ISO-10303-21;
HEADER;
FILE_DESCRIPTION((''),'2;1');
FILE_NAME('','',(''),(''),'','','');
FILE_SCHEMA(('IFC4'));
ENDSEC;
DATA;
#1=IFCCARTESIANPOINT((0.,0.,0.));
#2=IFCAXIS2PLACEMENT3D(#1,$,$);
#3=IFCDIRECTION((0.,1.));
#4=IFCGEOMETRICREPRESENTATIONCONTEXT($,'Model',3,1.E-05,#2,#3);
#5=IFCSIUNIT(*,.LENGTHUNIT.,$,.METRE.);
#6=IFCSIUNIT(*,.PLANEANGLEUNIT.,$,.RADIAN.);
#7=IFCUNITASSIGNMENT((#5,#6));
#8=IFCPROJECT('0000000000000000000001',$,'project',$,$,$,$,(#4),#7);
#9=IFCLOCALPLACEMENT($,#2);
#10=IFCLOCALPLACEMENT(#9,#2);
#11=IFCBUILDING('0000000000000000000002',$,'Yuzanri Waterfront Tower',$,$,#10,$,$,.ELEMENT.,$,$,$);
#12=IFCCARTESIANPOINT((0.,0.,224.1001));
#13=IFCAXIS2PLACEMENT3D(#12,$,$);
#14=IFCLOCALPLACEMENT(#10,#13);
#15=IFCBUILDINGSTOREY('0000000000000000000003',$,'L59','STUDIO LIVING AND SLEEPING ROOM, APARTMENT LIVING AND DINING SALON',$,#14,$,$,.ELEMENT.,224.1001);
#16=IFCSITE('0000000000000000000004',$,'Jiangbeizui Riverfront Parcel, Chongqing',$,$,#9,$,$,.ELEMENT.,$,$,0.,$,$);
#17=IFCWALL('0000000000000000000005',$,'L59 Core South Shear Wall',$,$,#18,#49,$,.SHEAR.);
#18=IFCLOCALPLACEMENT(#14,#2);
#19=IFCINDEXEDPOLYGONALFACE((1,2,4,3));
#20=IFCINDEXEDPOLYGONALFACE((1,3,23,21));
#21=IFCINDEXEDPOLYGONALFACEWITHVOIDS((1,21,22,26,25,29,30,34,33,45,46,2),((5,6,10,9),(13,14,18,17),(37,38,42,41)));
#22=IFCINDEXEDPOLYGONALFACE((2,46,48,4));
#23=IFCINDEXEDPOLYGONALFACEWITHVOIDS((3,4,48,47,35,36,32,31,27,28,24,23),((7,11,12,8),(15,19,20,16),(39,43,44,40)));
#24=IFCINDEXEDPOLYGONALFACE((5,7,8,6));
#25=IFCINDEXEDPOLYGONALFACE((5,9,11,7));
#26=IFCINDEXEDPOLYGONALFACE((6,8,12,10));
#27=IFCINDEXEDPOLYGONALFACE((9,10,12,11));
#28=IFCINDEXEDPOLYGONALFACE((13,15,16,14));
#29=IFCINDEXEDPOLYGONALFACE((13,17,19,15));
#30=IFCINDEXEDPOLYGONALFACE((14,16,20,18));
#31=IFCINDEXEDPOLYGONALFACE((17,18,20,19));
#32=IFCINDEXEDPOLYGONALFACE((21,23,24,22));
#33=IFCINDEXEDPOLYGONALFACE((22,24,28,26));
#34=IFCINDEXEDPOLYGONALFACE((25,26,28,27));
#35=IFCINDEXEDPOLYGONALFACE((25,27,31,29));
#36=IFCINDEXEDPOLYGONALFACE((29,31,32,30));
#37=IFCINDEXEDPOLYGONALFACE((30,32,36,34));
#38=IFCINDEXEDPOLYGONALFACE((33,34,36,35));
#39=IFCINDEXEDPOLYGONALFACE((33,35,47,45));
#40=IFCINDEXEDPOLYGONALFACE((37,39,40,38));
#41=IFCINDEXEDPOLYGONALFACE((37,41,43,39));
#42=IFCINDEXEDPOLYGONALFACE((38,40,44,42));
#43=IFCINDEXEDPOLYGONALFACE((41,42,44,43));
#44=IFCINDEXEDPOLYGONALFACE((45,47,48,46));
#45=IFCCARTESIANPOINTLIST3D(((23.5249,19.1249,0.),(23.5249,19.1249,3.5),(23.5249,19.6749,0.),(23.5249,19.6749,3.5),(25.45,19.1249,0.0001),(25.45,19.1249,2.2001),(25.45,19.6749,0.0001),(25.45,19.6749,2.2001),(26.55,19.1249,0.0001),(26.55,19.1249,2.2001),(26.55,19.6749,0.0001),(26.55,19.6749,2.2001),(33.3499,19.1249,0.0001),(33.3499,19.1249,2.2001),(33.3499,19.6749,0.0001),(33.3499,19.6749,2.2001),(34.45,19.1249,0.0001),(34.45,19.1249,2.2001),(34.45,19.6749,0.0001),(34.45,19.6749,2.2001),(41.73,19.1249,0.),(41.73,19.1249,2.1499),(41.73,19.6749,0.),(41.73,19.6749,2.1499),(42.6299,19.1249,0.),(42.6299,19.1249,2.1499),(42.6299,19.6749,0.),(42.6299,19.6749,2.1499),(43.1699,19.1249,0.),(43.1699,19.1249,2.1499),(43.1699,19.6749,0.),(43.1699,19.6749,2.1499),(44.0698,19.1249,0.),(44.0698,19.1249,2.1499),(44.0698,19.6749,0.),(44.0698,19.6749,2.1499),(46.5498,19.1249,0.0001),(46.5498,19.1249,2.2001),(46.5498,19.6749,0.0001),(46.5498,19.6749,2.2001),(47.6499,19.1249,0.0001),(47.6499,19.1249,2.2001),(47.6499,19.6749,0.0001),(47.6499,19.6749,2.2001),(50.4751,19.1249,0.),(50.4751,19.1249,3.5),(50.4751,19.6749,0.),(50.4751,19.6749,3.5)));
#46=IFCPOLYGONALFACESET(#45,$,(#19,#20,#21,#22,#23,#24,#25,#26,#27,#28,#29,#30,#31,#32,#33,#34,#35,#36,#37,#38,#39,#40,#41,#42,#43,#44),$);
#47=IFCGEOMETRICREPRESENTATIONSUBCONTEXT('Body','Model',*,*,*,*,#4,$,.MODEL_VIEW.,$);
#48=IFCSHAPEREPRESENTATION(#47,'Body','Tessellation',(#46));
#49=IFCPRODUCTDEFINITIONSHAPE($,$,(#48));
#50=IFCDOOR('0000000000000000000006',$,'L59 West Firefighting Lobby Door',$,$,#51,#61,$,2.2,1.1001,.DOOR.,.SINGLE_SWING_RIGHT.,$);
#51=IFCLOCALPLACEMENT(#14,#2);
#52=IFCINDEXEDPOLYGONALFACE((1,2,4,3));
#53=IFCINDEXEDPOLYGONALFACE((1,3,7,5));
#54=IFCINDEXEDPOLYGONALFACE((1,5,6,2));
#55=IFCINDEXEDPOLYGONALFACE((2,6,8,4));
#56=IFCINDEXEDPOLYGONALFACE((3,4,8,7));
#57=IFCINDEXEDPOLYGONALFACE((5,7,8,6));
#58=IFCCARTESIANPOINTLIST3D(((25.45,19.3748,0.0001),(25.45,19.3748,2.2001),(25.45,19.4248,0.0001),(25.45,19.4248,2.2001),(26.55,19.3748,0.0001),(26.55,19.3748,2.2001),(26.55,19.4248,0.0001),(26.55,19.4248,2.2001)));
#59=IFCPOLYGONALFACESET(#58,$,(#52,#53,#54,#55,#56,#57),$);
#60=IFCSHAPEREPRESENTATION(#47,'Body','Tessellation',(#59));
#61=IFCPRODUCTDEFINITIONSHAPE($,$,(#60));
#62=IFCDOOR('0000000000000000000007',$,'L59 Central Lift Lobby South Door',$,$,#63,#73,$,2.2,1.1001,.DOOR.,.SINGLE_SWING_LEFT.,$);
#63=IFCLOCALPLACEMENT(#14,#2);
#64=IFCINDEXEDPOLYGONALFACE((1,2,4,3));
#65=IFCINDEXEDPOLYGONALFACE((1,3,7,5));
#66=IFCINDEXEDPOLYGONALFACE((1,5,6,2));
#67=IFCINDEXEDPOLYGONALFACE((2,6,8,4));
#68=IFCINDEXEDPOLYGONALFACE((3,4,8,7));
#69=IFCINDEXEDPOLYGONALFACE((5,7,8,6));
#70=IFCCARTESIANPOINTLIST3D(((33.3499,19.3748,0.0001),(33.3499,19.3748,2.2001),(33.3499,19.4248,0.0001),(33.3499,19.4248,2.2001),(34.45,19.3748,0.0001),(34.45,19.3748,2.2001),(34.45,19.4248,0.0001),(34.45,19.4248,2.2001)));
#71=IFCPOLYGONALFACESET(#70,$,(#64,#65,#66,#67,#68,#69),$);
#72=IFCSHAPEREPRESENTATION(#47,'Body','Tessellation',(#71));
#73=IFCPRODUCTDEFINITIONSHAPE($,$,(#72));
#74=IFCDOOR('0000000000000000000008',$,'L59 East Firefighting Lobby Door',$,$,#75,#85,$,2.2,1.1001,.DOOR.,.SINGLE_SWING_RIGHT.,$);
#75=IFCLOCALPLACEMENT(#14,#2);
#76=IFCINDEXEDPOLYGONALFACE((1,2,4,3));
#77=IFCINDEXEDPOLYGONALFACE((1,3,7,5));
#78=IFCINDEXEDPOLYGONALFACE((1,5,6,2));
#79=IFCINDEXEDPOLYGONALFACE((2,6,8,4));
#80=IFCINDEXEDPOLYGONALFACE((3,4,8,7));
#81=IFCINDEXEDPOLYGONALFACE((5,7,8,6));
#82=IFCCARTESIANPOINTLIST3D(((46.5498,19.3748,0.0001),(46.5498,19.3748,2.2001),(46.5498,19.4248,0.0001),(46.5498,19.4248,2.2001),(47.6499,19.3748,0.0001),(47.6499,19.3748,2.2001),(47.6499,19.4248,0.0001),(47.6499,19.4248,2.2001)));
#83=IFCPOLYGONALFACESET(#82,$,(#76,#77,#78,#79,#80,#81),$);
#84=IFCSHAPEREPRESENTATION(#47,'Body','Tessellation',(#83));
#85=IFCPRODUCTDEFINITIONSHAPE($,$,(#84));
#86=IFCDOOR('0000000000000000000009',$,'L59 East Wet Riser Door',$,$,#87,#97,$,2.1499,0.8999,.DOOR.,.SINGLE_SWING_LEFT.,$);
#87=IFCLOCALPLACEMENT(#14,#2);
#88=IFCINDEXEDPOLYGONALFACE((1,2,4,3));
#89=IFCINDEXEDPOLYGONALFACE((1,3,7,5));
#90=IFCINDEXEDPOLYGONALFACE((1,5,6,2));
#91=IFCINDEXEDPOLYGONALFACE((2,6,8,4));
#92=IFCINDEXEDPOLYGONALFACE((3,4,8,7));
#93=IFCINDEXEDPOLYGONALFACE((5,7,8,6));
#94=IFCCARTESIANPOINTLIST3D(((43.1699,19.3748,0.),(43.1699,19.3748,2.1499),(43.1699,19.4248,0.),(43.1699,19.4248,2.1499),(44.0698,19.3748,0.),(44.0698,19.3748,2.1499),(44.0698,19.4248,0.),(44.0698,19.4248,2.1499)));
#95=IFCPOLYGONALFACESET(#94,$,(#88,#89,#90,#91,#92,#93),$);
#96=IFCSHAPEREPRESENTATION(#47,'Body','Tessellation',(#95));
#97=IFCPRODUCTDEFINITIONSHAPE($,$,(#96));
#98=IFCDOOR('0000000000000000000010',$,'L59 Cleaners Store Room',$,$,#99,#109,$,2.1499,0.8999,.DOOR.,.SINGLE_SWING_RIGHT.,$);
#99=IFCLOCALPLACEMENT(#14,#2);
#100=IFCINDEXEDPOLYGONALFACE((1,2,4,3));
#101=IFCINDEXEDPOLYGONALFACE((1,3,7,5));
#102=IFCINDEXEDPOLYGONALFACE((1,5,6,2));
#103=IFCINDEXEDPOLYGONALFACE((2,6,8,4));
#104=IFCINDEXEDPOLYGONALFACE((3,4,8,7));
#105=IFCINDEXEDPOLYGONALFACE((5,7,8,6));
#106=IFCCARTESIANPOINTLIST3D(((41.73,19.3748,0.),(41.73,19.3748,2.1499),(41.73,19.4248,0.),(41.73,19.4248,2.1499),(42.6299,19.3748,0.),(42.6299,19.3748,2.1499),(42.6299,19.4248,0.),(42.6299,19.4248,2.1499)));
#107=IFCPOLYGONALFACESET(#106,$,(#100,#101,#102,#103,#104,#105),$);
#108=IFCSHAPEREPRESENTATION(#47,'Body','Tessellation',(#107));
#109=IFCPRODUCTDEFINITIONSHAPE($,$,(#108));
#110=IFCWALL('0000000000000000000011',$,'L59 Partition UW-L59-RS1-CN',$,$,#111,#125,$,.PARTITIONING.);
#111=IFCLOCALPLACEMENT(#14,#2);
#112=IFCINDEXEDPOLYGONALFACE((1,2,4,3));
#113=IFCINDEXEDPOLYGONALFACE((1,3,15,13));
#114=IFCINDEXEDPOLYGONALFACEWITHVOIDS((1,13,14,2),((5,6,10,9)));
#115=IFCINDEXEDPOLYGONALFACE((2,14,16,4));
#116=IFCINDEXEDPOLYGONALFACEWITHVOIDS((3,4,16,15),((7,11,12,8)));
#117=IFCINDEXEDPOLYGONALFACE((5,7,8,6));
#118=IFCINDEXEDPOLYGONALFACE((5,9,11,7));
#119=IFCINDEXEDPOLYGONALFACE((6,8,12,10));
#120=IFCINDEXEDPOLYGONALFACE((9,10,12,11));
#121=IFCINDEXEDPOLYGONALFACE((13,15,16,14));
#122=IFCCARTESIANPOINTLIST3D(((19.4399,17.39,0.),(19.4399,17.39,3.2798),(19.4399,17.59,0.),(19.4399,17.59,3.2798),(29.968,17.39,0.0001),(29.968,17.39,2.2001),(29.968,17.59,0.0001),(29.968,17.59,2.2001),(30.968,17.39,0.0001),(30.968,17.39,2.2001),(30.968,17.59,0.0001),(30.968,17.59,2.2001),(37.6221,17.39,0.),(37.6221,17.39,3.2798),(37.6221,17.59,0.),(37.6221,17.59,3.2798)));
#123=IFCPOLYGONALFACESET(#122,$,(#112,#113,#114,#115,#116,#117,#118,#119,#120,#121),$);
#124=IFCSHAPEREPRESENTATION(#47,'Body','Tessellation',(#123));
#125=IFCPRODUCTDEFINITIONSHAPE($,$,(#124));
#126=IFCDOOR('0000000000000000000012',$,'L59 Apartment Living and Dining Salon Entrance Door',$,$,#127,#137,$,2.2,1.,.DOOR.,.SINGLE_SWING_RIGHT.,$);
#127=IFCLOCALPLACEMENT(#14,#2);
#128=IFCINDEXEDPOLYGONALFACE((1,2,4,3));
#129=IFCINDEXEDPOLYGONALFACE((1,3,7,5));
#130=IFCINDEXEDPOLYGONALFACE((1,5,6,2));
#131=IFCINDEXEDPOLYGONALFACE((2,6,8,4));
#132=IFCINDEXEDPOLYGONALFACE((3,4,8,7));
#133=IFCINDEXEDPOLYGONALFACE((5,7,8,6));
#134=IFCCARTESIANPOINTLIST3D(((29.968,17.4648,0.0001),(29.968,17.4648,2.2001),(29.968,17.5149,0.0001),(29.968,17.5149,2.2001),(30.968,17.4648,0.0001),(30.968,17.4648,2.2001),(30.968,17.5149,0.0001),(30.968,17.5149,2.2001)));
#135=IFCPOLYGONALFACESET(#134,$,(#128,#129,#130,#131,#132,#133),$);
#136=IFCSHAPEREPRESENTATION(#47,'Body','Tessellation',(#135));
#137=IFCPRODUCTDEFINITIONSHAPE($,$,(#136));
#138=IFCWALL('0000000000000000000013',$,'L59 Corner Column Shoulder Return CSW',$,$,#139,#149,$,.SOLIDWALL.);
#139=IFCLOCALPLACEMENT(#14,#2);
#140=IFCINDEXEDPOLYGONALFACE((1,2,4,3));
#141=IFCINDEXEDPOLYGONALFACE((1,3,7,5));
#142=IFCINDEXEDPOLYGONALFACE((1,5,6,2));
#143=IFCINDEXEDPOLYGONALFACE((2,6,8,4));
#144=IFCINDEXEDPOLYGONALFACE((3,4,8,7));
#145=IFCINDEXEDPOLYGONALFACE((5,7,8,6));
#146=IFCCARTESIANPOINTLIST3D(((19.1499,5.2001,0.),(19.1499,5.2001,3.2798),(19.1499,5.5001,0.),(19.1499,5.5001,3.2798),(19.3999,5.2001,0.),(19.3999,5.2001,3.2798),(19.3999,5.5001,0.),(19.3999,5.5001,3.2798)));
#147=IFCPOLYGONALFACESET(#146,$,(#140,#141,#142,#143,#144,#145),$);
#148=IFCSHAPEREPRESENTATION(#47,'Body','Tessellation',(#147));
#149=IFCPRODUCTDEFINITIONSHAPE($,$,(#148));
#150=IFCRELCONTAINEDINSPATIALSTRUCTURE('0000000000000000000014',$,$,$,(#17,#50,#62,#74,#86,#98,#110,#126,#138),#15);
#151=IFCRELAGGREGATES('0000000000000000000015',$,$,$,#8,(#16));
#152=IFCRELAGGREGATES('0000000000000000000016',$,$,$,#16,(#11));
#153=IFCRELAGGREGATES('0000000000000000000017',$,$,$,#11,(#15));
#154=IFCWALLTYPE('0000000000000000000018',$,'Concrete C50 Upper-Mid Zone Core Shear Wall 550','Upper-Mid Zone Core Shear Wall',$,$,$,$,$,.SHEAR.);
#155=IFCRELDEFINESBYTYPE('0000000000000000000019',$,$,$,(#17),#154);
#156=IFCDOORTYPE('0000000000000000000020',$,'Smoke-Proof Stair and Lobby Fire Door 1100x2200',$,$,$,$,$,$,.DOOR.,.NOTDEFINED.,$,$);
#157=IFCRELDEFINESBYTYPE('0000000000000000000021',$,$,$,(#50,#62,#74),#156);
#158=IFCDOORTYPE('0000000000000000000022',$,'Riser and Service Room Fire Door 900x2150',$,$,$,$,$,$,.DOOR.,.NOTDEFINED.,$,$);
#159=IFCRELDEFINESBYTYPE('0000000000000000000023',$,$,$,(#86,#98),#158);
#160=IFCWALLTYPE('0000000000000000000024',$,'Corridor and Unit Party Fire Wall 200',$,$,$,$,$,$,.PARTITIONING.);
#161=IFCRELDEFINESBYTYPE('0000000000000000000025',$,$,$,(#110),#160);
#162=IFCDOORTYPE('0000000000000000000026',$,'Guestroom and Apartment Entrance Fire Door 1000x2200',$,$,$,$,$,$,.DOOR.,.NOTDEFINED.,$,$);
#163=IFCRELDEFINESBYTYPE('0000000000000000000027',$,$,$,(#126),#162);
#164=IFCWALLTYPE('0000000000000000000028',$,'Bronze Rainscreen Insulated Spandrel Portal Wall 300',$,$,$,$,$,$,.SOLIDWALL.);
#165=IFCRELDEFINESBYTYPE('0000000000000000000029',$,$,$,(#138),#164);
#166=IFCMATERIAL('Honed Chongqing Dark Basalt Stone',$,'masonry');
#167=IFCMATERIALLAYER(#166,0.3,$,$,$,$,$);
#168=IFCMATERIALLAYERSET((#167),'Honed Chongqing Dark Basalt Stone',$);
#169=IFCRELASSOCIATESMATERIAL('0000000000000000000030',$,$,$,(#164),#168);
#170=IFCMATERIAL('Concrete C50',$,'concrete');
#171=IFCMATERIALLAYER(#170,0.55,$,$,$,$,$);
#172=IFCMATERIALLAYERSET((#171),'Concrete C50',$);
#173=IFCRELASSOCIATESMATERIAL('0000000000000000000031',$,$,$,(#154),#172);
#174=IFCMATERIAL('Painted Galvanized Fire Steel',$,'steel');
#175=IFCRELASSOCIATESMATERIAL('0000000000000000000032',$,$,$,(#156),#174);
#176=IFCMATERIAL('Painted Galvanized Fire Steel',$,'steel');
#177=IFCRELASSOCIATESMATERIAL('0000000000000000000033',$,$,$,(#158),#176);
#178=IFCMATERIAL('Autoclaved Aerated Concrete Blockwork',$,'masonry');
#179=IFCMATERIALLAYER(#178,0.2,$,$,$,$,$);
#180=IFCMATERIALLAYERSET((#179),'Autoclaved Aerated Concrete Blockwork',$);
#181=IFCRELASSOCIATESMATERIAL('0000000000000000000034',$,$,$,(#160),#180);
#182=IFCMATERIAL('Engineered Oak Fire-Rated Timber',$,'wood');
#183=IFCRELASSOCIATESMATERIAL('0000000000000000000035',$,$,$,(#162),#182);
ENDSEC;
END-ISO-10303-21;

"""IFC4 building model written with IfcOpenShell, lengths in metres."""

from ifc_helpers import new_model, si_unit, direction, frame, frame_2d, origin, place, context, subcontext, project, spatial, rectangle, extrude, source, transform, mapped, material, layer, layer_set, type_object, element, fill, save


model = new_model("IFC4")

# Units and contexts
model_context = context("Model", 3, precision=1e-05, world=origin(), true_north=direction((0.0, 1.0)))
body_context = subcontext(model_context, "Body", "Model", "MODEL_VIEW")
ifc_project = project(units=[si_unit("LENGTHUNIT", "METRE"), si_unit("PLANEANGLEUNIT", "RADIAN")], contexts=[model_context])

# Site, building, storey
site_placement = place(None, origin())
site = spatial("IfcSite", under=ifc_project, at=site_placement, Name="Jiangbeizui Riverfront Parcel, Chongqing", CompositionType="ELEMENT", RefElevation=0.0)
building_placement = place(site_placement, origin())
building = spatial("IfcBuilding", under=site, at=building_placement, Name="Yuzanri Waterfront Tower", CompositionType="ELEMENT")
storey_placement = place(building_placement, frame((0.0, 0.0, 224.1001)))
storey = spatial("IfcBuildingStorey", under=building, at=storey_placement, Name="L59", Description="STUDIO LIVING AND SLEEPING ROOM, APARTMENT LIVING AND DINING SALON", CompositionType="ELEMENT", Elevation=224.1001)

# Shared definitions
ifc_material_1 = material(Name="Honed Chongqing Dark Basalt Stone", Category="masonry")
ifc_layer_1 = layer(ifc_material_1, 0.3)
ifc_layer_set_1 = layer_set([ifc_layer_1], Name="Honed Chongqing Dark Basalt Stone")
wall_type_1 = type_object("IfcWallType", Name="Bronze Rainscreen Insulated Spandrel Portal Wall 300", PredefinedType="SOLIDWALL", material=ifc_layer_set_1)

# Wall, openings, doors
ifc_material_2 = material(Name="Concrete C50", Category="concrete")
ifc_layer_2 = layer(ifc_material_2, 0.55)
ifc_layer_set_2 = layer_set([ifc_layer_2], Name="Concrete C50")
wall_type_2 = type_object("IfcWallType", Name="Concrete C50 Upper-Mid Zone Core Shear Wall 550", Description="Upper-Mid Zone Core Shear Wall", PredefinedType="SHEAR", material=ifc_layer_set_2)
wall_1_placement = place(storey_placement, frame((23.5249, 19.3999, 0.0), z_axis=(0.0, 0.0, 1.0), x_axis=(1.0, 0.0, 0.0)))
wall_1 = element("IfcWall", 1, at=wall_1_placement, inside=storey, type_object=wall_type_2, Name="L59 Core South Shear Wall", PredefinedType="SHEAR", context=body_context, shape_type="SweptSolid", body=[
    extrude(rectangle(XDim=26.9502, YDim=0.55, at=frame_2d((13.4751, 0.0))), origin(), (0.0, 0.0, 1.0), 3.5),
])
opening_1_placement = place(wall_1_placement, frame((1.925, 0.0, 0.0)))
opening_1 = element("IfcOpeningElement", 2, at=opening_1_placement, cuts=wall_1, PredefinedType="OPENING", context=body_context, shape_type="SweptSolid", body=[
    extrude(rectangle(XDim=1.1001, YDim=2.2, at=frame_2d((0.55, 1.1001))), frame((0.0, 0.29, 0.0), z_axis=(0.0, -1.0, 0.0), x_axis=(1.0, 0.0, 0.0)), (0.0, 0.0, 1.0), 0.5798),
])
opening_2_placement = place(wall_1_placement, frame((9.825, 0.0, 0.0)))
opening_2 = element("IfcOpeningElement", 3, at=opening_2_placement, cuts=wall_1, PredefinedType="OPENING", context=body_context, shape_type="SweptSolid", body=[
    extrude(rectangle(XDim=1.1001, YDim=2.2, at=frame_2d((0.55, 1.1001))), frame((0.0, 0.29, 0.0), z_axis=(0.0, -1.0, 0.0), x_axis=(1.0, 0.0, 0.0)), (0.0, 0.0, 1.0), 0.5798),
])
opening_3_placement = place(wall_1_placement, frame((23.0249, 0.0, 0.0)))
opening_3 = element("IfcOpeningElement", 4, at=opening_3_placement, cuts=wall_1, PredefinedType="OPENING", context=body_context, shape_type="SweptSolid", body=[
    extrude(rectangle(XDim=1.1001, YDim=2.2, at=frame_2d((0.55, 1.1001))), frame((0.0, 0.29, 0.0), z_axis=(0.0, -1.0, 0.0), x_axis=(1.0, 0.0, 0.0)), (0.0, 0.0, 1.0), 0.5798),
])
opening_4_placement = place(wall_1_placement, frame((19.645, 0.0, 0.0)))
opening_4 = element("IfcOpeningElement", 5, at=opening_4_placement, cuts=wall_1, PredefinedType="OPENING", context=body_context, shape_type="SweptSolid", body=[
    extrude(rectangle(XDim=0.8999, YDim=2.1499, at=frame_2d((0.45, 1.075))), frame((0.0, 0.29, 0.0), z_axis=(0.0, -1.0, 0.0), x_axis=(1.0, 0.0, 0.0)), (0.0, 0.0, 1.0), 0.5798),
])
opening_5_placement = place(wall_1_placement, frame((18.2051, 0.0, 0.0)))
opening_5 = element("IfcOpeningElement", 6, at=opening_5_placement, cuts=wall_1, PredefinedType="OPENING", context=body_context, shape_type="SweptSolid", body=[
    extrude(rectangle(XDim=0.8999, YDim=2.1499, at=frame_2d((0.45, 1.075))), frame((0.0, 0.29, 0.0), z_axis=(0.0, -1.0, 0.0), x_axis=(1.0, 0.0, 0.0)), (0.0, 0.0, 1.0), 0.5798),
])
ifc_material_3 = material(Name="Painted Galvanized Fire Steel", Category="steel")
door_type_1 = type_object("IfcDoorType", Name="Smoke-Proof Stair and Lobby Fire Door 1100x2200", OperationType="NOTDEFINED", PredefinedType="DOOR", material=ifc_material_3)
shared_shape_1 = source(origin(), body_context, "Body", "SweptSolid", [
    extrude(rectangle(XDim=1.1001, YDim=2.2, at=frame_2d((0.55, 1.1001))), frame((0.0, 0.0249, 0.0), z_axis=(0.0, -1.0, 0.0), x_axis=(1.0, 0.0, 0.0)), (0.0, 0.0, 1.0), 0.05),
])
door_1_placement = place(opening_1_placement, origin())
door_1 = element("IfcDoor", 7, at=door_1_placement, inside=storey, type_object=door_type_1, Name="L59 West Firefighting Lobby Door", OperationType="SINGLE_SWING_RIGHT", OverallHeight=2.2, OverallWidth=1.1001, PredefinedType="DOOR", context=body_context, shape_type="MappedRepresentation", body=[
    mapped(shared_shape_1, transform((0.0, 0.0, 0.0), scale=1.0)),
])
fill(opening_1, door_1)
door_2_placement = place(opening_2_placement, origin())
door_2 = element("IfcDoor", 8, at=door_2_placement, inside=storey, type_object=door_type_1, Name="L59 Central Lift Lobby South Door", OperationType="SINGLE_SWING_LEFT", OverallHeight=2.2, OverallWidth=1.1001, PredefinedType="DOOR", context=body_context, shape_type="MappedRepresentation", body=[
    mapped(shared_shape_1, transform((0.0, 0.0, 0.0), scale=1.0)),
])
fill(opening_2, door_2)
door_3_placement = place(opening_3_placement, origin())
door_3 = element("IfcDoor", 9, at=door_3_placement, inside=storey, type_object=door_type_1, Name="L59 East Firefighting Lobby Door", OperationType="SINGLE_SWING_RIGHT", OverallHeight=2.2, OverallWidth=1.1001, PredefinedType="DOOR", context=body_context, shape_type="MappedRepresentation", body=[
    mapped(shared_shape_1, transform((0.0, 0.0, 0.0), scale=1.0)),
])
fill(opening_3, door_3)
ifc_material_4 = material(Name="Painted Galvanized Fire Steel", Category="steel")
door_type_2 = type_object("IfcDoorType", Name="Riser and Service Room Fire Door 900x2150", OperationType="NOTDEFINED", PredefinedType="DOOR", material=ifc_material_4)
shared_shape_2 = source(origin(), body_context, "Body", "SweptSolid", [
    extrude(rectangle(XDim=0.8999, YDim=2.1499, at=frame_2d((0.45, 1.075))), frame((0.0, 0.0249, 0.0), z_axis=(0.0, -1.0, 0.0), x_axis=(1.0, 0.0, 0.0)), (0.0, 0.0, 1.0), 0.05),
])
door_4_placement = place(opening_4_placement, origin())
door_4 = element("IfcDoor", 10, at=door_4_placement, inside=storey, type_object=door_type_2, Name="L59 East Wet Riser Door", OperationType="SINGLE_SWING_LEFT", OverallHeight=2.1499, OverallWidth=0.8999, PredefinedType="DOOR", context=body_context, shape_type="MappedRepresentation", body=[
    mapped(shared_shape_2, transform((0.0, 0.0, 0.0), scale=1.0)),
])
fill(opening_4, door_4)
door_5_placement = place(opening_5_placement, origin())
door_5 = element("IfcDoor", 11, at=door_5_placement, inside=storey, type_object=door_type_2, Name="L59 Cleaners Store Room", OperationType="SINGLE_SWING_RIGHT", OverallHeight=2.1499, OverallWidth=0.8999, PredefinedType="DOOR", context=body_context, shape_type="MappedRepresentation", body=[
    mapped(shared_shape_2, transform((0.0, 0.0, 0.0), scale=1.0)),
])
fill(opening_5, door_5)

# Wall, opening, door
ifc_material_5 = material(Name="Autoclaved Aerated Concrete Blockwork", Category="masonry")
ifc_layer_3 = layer(ifc_material_5, 0.2)
ifc_layer_set_3 = layer_set([ifc_layer_3], Name="Autoclaved Aerated Concrete Blockwork")
wall_type_3 = type_object("IfcWallType", Name="Corridor and Unit Party Fire Wall 200", PredefinedType="PARTITIONING", material=ifc_layer_set_3)
wall_2_placement = place(storey_placement, frame((19.4399, 17.49, 0.0), z_axis=(0.0, 0.0, 1.0), x_axis=(1.0, 0.0, 0.0)))
wall_2 = element("IfcWall", 12, at=wall_2_placement, inside=storey, type_object=wall_type_3, Name="L59 Partition UW-L59-RS1-CN", PredefinedType="PARTITIONING", context=body_context, shape_type="SweptSolid", body=[
    extrude(rectangle(XDim=18.1821, YDim=0.2, at=frame_2d((9.0911, 0.0))), origin(), (0.0, 0.0, 1.0), 3.2798),
])
opening_6_placement = place(wall_2_placement, frame((10.5281, 0.0, 0.0)))
opening_6 = element("IfcOpeningElement", 13, at=opening_6_placement, cuts=wall_2, PredefinedType="OPENING", context=body_context, shape_type="SweptSolid", body=[
    extrude(rectangle(XDim=1.0, YDim=2.2, at=frame_2d((0.5, 1.1001))), frame((0.0, 0.1147, 0.0), z_axis=(0.0, -1.0, 0.0), x_axis=(1.0, 0.0, 0.0)), (0.0, 0.0, 1.0), 0.2297),
])
ifc_material_6 = material(Name="Engineered Oak Fire-Rated Timber", Category="wood")
door_type_3 = type_object("IfcDoorType", Name="Guestroom and Apartment Entrance Fire Door 1000x2200", OperationType="NOTDEFINED", PredefinedType="DOOR", material=ifc_material_6)
shared_shape_3 = source(origin(), body_context, "Body", "SweptSolid", [
    extrude(rectangle(XDim=1.0, YDim=2.2, at=frame_2d((0.5, 1.1001))), frame((0.0, 0.0249, 0.0), z_axis=(0.0, -1.0, 0.0), x_axis=(1.0, 0.0, 0.0)), (0.0, 0.0, 1.0), 0.05),
])
door_6_placement = place(opening_6_placement, origin())
door_6 = element("IfcDoor", 14, at=door_6_placement, inside=storey, type_object=door_type_3, Name="L59 Apartment Living and Dining Salon Entrance Door", OperationType="SINGLE_SWING_RIGHT", OverallHeight=2.2, OverallWidth=1.0, PredefinedType="DOOR", context=body_context, shape_type="MappedRepresentation", body=[
    mapped(shared_shape_3, transform((0.0, 0.0, 0.0), scale=1.0)),
])
fill(opening_6, door_6)

# Wall
shared_shape_4 = source(origin(), body_context, "Body", "SweptSolid", [
    extrude(rectangle(XDim=0.25, YDim=0.3, at=frame_2d((0.125, 0.0))), origin(), (0.0, 0.0, 1.0), 3.2798),
])
wall_3_placement = place(storey_placement, frame((19.1499, 5.3501, 0.0), z_axis=(0.0, 0.0, 1.0), x_axis=(1.0, 0.0, 0.0)))
element("IfcWall", 15, at=wall_3_placement, inside=storey, type_object=wall_type_1, Name="L59 Corner Column Shoulder Return CSW", PredefinedType="SOLIDWALL", context=body_context, shape_type="MappedRepresentation", body=[
    mapped(shared_shape_4, transform((0.0, 0.0, 0.0), scale=1.0)),
])

save(model, "model.ifc")
